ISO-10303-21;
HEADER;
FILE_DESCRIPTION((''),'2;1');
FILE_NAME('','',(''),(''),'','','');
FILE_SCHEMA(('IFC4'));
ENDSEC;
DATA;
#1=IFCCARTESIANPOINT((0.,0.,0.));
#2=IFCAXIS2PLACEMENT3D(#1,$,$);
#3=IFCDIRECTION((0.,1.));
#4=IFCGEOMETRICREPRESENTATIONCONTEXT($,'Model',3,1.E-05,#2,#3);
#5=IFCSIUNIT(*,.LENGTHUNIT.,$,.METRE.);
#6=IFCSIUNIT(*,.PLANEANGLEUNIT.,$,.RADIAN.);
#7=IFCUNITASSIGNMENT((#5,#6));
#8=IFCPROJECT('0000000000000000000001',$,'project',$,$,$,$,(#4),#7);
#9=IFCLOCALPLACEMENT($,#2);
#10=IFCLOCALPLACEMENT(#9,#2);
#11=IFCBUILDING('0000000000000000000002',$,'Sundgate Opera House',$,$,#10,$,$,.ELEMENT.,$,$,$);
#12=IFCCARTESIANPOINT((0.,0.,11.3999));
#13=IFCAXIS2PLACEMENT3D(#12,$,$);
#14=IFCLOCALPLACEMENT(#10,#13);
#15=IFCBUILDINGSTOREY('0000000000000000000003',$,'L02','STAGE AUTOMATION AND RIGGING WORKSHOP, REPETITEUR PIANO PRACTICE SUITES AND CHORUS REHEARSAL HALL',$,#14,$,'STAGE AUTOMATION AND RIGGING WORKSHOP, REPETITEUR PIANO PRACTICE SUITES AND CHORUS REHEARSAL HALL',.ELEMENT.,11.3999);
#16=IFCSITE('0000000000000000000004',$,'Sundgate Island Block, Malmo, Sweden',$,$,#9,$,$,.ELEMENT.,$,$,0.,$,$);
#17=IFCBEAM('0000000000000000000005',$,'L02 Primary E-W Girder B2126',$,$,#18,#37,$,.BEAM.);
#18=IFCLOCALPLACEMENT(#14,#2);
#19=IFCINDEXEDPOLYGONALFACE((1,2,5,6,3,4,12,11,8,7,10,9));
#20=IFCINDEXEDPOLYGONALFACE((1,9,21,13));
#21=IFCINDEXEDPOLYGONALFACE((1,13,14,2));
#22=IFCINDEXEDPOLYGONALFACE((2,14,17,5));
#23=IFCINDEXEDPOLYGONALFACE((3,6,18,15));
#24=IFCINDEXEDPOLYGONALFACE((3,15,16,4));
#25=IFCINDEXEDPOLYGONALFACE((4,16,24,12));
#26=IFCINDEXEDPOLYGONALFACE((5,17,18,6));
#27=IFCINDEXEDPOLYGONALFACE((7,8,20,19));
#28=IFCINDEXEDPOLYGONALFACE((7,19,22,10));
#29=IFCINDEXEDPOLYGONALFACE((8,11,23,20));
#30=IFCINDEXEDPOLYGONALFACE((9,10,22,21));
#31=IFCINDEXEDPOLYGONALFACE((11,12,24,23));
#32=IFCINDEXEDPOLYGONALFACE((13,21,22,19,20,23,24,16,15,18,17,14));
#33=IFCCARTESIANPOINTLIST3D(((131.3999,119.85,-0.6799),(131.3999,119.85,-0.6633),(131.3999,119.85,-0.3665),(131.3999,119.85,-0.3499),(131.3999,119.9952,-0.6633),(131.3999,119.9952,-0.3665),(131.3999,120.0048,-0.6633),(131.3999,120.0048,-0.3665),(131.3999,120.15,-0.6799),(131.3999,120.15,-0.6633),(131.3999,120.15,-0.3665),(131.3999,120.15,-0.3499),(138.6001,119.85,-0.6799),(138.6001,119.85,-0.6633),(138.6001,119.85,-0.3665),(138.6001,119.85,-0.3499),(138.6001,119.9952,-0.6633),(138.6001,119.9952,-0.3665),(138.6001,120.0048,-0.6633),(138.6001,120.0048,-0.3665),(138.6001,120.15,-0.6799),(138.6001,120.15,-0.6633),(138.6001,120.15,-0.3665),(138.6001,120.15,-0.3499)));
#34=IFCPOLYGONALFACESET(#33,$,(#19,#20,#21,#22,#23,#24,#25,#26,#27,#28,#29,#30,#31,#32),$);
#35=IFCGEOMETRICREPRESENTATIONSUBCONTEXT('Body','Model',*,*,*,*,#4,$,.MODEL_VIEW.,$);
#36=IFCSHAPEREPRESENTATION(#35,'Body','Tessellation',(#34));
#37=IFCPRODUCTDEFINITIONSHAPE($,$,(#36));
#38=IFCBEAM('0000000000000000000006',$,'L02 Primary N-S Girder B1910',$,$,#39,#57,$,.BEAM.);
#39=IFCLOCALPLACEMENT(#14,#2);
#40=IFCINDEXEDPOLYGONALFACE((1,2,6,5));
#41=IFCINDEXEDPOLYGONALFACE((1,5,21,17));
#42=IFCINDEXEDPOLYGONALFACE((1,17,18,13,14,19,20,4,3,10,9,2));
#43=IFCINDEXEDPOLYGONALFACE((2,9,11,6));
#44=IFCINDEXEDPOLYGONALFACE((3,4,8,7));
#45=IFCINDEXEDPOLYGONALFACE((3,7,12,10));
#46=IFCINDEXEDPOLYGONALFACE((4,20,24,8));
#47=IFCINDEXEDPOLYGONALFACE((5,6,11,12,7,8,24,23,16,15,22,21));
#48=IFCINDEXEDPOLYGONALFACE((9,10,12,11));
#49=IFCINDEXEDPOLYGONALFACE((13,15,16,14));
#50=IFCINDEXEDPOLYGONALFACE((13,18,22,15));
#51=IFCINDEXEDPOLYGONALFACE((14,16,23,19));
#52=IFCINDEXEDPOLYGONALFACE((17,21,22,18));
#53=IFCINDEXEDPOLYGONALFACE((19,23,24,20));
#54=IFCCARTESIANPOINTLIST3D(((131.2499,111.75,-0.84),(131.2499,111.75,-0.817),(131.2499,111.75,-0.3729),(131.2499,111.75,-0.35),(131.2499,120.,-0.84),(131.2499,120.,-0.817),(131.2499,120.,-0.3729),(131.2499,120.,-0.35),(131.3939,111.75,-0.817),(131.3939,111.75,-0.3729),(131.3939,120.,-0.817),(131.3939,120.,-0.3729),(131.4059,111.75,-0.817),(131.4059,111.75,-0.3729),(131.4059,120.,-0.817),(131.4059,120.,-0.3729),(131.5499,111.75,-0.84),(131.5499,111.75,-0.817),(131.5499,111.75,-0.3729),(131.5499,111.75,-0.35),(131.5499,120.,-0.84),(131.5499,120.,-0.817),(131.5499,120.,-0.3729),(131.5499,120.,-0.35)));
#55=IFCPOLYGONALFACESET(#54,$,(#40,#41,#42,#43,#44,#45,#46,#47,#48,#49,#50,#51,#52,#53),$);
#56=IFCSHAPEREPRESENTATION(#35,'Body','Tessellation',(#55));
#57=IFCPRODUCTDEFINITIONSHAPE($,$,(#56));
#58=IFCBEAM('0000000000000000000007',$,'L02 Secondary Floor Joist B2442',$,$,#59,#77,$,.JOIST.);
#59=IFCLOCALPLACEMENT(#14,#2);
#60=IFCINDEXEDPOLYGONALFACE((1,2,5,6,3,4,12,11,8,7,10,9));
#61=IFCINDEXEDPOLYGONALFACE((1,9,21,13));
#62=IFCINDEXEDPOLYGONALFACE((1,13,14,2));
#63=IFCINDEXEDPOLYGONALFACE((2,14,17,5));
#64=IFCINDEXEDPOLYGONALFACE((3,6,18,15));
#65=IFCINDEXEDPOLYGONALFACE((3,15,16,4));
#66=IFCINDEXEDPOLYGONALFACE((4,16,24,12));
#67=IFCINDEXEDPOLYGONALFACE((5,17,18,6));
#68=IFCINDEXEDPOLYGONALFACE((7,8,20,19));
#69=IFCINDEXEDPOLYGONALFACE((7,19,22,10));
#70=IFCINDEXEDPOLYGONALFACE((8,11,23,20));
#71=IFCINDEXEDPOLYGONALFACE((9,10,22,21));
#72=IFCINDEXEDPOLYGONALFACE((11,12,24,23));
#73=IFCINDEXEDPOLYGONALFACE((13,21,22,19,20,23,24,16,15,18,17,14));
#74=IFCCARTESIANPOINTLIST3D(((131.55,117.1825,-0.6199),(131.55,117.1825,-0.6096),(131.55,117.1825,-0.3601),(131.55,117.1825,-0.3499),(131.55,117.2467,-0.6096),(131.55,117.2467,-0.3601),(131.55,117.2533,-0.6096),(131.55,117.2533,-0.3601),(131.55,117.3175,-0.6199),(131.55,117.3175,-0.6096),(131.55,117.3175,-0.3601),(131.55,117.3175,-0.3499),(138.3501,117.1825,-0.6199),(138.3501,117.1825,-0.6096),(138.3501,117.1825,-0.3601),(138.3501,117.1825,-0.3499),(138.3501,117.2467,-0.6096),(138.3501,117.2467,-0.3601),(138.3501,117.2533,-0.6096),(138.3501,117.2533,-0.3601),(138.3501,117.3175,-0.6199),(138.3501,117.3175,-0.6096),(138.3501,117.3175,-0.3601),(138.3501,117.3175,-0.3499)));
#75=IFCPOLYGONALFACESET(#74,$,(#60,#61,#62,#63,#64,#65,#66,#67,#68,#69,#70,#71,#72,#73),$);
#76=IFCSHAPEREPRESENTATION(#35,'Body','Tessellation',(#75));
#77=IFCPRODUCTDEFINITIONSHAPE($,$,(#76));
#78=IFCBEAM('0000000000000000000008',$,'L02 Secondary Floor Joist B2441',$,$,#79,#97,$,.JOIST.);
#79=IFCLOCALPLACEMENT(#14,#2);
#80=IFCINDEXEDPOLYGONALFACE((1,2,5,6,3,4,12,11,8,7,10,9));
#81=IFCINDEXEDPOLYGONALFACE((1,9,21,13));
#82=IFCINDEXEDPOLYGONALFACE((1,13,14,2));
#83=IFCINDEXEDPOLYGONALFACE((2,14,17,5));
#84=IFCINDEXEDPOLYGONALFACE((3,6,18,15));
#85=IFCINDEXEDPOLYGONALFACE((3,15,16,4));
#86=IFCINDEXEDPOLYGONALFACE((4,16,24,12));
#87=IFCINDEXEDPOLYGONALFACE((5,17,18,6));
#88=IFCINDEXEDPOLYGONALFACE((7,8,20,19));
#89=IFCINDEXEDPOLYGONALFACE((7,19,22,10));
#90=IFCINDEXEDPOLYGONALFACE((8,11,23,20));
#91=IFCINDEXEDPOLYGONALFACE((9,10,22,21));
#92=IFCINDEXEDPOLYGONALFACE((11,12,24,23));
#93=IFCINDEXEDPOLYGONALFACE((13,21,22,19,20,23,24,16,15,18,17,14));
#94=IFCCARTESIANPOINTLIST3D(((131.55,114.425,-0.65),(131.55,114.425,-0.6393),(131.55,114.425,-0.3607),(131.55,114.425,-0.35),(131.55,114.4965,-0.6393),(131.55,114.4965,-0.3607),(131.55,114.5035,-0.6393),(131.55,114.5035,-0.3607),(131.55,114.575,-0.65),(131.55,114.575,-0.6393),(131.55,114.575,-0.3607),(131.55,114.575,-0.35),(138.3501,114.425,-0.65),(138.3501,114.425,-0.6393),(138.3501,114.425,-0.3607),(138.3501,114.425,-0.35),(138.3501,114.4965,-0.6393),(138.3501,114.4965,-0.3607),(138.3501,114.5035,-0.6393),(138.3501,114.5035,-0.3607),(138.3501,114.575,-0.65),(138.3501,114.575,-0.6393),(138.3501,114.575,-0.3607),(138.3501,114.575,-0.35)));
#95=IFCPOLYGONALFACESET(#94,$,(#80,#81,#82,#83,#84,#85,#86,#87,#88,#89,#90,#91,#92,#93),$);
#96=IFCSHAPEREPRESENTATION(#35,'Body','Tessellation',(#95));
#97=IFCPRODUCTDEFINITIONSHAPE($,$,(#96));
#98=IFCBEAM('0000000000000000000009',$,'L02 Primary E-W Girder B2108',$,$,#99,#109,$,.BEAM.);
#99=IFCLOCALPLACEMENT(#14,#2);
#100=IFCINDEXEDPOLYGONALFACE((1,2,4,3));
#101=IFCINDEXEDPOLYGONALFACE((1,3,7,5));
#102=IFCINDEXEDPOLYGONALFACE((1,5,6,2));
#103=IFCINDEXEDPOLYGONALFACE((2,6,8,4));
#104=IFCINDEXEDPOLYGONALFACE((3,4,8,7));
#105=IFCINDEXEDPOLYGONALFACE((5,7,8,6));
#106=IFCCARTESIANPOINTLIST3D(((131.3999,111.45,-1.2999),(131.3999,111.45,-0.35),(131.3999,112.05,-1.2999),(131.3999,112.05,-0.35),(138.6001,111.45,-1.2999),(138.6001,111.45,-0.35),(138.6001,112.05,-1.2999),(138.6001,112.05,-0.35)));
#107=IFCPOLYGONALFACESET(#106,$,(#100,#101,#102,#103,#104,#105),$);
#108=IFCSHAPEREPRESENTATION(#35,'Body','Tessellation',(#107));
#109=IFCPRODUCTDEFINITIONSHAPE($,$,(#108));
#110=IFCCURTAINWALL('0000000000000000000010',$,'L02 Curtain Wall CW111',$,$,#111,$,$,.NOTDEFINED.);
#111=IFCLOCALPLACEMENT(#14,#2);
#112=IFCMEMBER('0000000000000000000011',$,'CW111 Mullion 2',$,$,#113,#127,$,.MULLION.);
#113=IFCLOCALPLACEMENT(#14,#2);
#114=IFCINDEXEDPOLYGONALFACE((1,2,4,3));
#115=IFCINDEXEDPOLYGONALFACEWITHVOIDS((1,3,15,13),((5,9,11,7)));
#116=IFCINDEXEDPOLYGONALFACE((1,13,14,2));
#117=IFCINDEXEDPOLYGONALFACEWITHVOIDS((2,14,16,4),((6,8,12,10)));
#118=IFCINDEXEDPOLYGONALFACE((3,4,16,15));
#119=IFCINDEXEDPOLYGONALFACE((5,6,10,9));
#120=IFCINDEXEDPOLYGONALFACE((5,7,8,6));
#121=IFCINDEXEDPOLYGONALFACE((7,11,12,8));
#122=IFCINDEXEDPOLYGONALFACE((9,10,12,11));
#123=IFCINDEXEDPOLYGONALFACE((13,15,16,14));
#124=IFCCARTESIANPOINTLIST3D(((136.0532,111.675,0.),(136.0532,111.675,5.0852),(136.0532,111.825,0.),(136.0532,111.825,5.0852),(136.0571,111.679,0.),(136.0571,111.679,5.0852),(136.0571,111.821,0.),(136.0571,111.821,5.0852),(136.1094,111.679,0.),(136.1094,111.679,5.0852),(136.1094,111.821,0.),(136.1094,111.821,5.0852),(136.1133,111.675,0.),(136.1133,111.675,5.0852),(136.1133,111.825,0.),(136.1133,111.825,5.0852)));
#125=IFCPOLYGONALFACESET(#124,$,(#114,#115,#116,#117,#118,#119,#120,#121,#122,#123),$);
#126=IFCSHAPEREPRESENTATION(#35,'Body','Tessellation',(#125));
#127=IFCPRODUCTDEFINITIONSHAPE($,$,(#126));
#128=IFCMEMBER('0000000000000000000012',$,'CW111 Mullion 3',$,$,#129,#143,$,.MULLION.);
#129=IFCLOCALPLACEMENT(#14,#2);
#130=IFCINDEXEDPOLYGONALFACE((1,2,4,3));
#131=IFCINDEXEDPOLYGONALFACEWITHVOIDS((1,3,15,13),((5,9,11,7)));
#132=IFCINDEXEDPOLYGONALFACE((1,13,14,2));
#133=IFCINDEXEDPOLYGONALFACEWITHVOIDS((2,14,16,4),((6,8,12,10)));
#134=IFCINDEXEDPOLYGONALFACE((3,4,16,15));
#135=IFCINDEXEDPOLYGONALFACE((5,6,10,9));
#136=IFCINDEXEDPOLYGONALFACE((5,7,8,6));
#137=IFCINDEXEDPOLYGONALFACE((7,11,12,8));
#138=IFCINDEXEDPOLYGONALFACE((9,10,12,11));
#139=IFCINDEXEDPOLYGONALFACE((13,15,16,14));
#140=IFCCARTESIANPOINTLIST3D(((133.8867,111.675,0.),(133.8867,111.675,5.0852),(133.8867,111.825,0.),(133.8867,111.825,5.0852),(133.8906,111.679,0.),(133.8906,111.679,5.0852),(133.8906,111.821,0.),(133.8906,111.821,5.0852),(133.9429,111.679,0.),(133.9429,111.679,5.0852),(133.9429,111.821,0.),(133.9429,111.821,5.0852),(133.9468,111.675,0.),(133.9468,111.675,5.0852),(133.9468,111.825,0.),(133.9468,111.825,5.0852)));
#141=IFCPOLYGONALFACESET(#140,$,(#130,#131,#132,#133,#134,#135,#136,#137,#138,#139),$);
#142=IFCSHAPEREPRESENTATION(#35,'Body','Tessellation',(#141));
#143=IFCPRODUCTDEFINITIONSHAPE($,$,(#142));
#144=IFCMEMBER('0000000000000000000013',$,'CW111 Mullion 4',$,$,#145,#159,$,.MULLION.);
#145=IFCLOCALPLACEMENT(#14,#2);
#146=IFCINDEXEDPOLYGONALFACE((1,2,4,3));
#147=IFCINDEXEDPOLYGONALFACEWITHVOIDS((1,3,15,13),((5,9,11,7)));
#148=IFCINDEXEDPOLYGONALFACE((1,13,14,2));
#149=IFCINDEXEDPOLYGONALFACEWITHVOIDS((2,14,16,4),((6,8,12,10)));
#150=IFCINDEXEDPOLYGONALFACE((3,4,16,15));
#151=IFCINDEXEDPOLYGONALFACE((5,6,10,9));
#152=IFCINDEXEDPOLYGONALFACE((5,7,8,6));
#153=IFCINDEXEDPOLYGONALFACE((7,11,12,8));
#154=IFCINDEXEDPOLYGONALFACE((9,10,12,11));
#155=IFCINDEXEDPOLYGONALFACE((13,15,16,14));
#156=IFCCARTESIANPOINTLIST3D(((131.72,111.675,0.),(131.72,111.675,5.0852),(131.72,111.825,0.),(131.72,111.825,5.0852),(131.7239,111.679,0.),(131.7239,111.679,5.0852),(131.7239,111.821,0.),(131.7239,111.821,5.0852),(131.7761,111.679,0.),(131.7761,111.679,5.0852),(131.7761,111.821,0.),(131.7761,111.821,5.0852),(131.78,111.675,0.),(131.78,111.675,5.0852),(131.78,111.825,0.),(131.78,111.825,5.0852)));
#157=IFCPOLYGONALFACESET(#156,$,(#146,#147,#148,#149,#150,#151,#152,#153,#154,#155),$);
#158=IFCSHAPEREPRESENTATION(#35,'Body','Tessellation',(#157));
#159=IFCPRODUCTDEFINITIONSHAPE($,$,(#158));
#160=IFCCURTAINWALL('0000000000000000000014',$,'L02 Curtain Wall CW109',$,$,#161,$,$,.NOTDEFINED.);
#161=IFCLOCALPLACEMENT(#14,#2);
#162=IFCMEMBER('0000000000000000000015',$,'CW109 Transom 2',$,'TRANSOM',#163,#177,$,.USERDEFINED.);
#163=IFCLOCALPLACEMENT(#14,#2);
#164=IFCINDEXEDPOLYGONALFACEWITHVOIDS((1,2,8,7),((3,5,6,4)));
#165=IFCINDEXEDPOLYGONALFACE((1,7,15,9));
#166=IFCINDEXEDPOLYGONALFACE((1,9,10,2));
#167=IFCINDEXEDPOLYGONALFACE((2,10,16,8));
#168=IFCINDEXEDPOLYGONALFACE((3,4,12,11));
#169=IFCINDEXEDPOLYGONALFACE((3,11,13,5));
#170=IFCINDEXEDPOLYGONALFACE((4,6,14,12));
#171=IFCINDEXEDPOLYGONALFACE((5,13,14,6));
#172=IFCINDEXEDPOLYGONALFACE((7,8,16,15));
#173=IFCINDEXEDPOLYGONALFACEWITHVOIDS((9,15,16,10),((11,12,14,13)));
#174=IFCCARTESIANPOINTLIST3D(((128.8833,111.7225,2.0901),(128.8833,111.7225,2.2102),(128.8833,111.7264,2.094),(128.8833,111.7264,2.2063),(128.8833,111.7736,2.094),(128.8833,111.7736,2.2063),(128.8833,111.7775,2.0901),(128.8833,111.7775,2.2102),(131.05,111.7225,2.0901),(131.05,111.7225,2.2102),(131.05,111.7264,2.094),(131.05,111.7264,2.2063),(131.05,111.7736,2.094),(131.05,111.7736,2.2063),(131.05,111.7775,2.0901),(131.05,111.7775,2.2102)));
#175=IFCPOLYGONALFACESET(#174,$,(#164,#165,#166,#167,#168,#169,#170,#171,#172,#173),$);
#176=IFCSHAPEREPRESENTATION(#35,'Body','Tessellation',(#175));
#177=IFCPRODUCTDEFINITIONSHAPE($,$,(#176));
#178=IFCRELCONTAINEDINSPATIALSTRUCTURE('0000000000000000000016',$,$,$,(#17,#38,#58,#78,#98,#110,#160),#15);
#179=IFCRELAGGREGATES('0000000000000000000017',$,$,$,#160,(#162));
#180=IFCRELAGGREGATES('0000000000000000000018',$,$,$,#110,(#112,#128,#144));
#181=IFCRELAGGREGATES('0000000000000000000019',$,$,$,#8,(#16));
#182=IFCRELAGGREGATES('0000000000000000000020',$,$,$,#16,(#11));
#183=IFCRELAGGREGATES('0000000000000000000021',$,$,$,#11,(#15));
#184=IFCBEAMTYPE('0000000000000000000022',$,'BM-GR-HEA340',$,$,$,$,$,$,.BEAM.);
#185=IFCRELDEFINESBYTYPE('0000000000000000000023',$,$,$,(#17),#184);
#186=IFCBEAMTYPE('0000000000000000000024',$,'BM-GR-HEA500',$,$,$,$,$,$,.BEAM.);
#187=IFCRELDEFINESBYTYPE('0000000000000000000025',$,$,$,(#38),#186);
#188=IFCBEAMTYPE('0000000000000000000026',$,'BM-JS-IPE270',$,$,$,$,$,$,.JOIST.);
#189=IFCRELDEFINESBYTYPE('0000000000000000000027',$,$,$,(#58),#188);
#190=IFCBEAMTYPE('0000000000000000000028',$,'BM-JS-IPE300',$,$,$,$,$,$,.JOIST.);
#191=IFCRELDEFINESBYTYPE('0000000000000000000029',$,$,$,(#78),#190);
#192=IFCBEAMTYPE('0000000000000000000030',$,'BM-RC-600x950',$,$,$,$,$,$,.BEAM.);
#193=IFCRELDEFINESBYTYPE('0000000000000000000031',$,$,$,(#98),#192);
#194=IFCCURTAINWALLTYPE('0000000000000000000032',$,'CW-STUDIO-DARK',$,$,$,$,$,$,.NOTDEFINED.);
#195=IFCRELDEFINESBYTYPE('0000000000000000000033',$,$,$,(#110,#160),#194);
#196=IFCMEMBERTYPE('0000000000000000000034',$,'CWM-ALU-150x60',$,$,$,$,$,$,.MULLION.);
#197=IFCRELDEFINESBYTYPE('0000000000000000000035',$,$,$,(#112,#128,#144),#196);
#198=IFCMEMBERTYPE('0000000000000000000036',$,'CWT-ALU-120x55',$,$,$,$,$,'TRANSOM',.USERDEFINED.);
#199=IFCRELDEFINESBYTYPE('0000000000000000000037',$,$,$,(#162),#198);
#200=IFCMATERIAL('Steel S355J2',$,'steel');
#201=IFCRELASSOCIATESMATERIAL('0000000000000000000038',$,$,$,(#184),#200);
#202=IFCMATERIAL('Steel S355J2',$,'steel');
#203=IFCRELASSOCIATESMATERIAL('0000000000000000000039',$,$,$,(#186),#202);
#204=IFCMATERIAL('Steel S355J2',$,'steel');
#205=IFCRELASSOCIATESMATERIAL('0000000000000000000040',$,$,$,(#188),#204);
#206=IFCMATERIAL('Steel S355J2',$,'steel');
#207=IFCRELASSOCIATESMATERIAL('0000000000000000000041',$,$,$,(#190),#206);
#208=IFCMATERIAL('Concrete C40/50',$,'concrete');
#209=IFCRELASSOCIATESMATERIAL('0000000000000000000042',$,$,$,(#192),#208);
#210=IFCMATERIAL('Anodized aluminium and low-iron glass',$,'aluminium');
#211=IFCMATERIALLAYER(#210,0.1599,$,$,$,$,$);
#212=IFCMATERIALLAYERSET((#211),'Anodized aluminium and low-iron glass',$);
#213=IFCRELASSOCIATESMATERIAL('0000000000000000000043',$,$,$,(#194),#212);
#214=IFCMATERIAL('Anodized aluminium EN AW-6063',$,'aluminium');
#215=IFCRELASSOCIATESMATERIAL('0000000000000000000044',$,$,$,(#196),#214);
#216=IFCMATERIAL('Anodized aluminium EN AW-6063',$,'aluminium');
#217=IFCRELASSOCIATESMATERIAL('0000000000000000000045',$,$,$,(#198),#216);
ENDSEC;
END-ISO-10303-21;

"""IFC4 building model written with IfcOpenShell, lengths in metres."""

from ifc_helpers import new_model, si_unit, direction, frame, origin, origin_2d, place, context, subcontext, project, spatial, rectangle, hollow_rectangle, i_section, extrude, material, layer, layer_set, material_profile, profile_set, type_object, element, aggregate, save


model = new_model("IFC4")

# Units and contexts
model_context = context("Model", 3, precision=1e-05, world=origin(), true_north=direction((0.0, 1.0)))
body_context = subcontext(model_context, "Body", "Model", "MODEL_VIEW")
ifc_project = project(units=[si_unit("LENGTHUNIT", "METRE"), si_unit("PLANEANGLEUNIT", "RADIAN")], contexts=[model_context])

# Site, building, storey
site_placement = place(None, origin())
site = spatial("IfcSite", under=ifc_project, at=site_placement, Name="Sundgate Island Block, Malmo, Sweden", CompositionType="ELEMENT", RefElevation=0.0)
building_placement = place(site_placement, origin())
building = spatial("IfcBuilding", under=site, at=building_placement, Name="Sundgate Opera House", CompositionType="ELEMENT")
storey_placement = place(building_placement, frame((0.0, 0.0, 11.3999)))
storey = spatial("IfcBuildingStorey", under=building, at=storey_placement, Name="L02", Description="STAGE AUTOMATION AND RIGGING WORKSHOP, REPETITEUR PIANO PRACTICE SUITES AND CHORUS REHEARSAL HALL", LongName="STAGE AUTOMATION AND RIGGING WORKSHOP, REPETITEUR PIANO PRACTICE SUITES AND CHORUS REHEARSAL HALL", CompositionType="ELEMENT", Elevation=11.3999)

# Beams
ifc_material_1 = material(Name="Steel S355J2", Category="steel")
ifc_material_profile_1 = material_profile(ifc_material_1, i_section(OverallWidth=0.3, OverallDepth=0.3301, WebThickness=0.0095, FlangeThickness=0.0166, at=origin_2d()), Name="HEA 340")
ifc_profile_set_1 = profile_set([ifc_material_profile_1], Name="Steel S355J2")
beam_type_1 = type_object("IfcBeamType", Name="BM-GR-HEA340", PredefinedType="BEAM", material=ifc_profile_set_1)
beam_1_placement = place(storey_placement, frame((131.3999, 120.0, -0.5149), z_axis=(1.0, 0.0, 0.0), x_axis=(0.0, 1.0, 0.0)))
element("IfcBeam", 1, at=beam_1_placement, inside=storey, type_object=beam_type_1, Name="L02 Primary E-W Girder B2126", PredefinedType="BEAM", context=body_context, shape_type="SweptSolid", body=[
    extrude(i_section(OverallWidth=0.3, OverallDepth=0.3301, WebThickness=0.0095, FlangeThickness=0.0166, at=origin_2d()), origin(), (0.0, 0.0, 1.0), 7.2002),
])
ifc_material_2 = material(Name="Steel S355J2", Category="steel")
ifc_material_profile_2 = material_profile(ifc_material_2, i_section(OverallWidth=0.3, OverallDepth=0.49, WebThickness=0.012, FlangeThickness=0.0229, at=origin_2d()), Name="HEA 500")
ifc_profile_set_2 = profile_set([ifc_material_profile_2], Name="Steel S355J2")
beam_type_2 = type_object("IfcBeamType", Name="BM-GR-HEA500", PredefinedType="BEAM", material=ifc_profile_set_2)
beam_2_placement = place(storey_placement, frame((131.3999, 111.75, -0.595), z_axis=(0.0, 1.0, 0.0), x_axis=(-1.0, 0.0, 0.0)))
element("IfcBeam", 2, at=beam_2_placement, inside=storey, type_object=beam_type_2, Name="L02 Primary N-S Girder B1910", PredefinedType="BEAM", context=body_context, shape_type="SweptSolid", body=[
    extrude(i_section(OverallWidth=0.3, OverallDepth=0.49, WebThickness=0.012, FlangeThickness=0.0229, at=origin_2d()), origin(), (0.0, 0.0, 1.0), 8.25),
])
ifc_material_3 = material(Name="Steel S355J2", Category="steel")
ifc_material_profile_3 = material_profile(ifc_material_3, i_section(OverallWidth=0.135, OverallDepth=0.27, WebThickness=0.0066, FlangeThickness=0.0103, at=origin_2d()), Name="IPE 270")
ifc_profile_set_3 = profile_set([ifc_material_profile_3], Name="Steel S355J2")
beam_type_3 = type_object("IfcBeamType", Name="BM-JS-IPE270", PredefinedType="JOIST", material=ifc_profile_set_3)
beam_3_placement = place(storey_placement, frame((131.55, 117.25, -0.4849), z_axis=(1.0, 0.0, 0.0), x_axis=(0.0, 1.0, 0.0)))
element("IfcBeam", 3, at=beam_3_placement, inside=storey, type_object=beam_type_3, Name="L02 Secondary Floor Joist B2442", PredefinedType="JOIST", context=body_context, shape_type="SweptSolid", body=[
    extrude(i_section(OverallWidth=0.135, OverallDepth=0.27, WebThickness=0.0066, FlangeThickness=0.0103, at=origin_2d()), origin(), (0.0, 0.0, 1.0), 6.8),
])
ifc_material_4 = material(Name="Steel S355J2", Category="steel")
ifc_material_profile_4 = material_profile(ifc_material_4, i_section(OverallWidth=0.1499, OverallDepth=0.3, WebThickness=0.0071, FlangeThickness=0.0107, at=origin_2d()), Name="IPE 300")
ifc_profile_set_4 = profile_set([ifc_material_profile_4], Name="Steel S355J2")
beam_type_4 = type_object("IfcBeamType", Name="BM-JS-IPE300", PredefinedType="JOIST", material=ifc_profile_set_4)
beam_4_placement = place(storey_placement, frame((131.55, 114.5, -0.5), z_axis=(1.0, 0.0, 0.0), x_axis=(0.0, 1.0, 0.0)))
element("IfcBeam", 4, at=beam_4_placement, inside=storey, type_object=beam_type_4, Name="L02 Secondary Floor Joist B2441", PredefinedType="JOIST", context=body_context, shape_type="SweptSolid", body=[
    extrude(i_section(OverallWidth=0.1499, OverallDepth=0.3, WebThickness=0.0071, FlangeThickness=0.0107, at=origin_2d()), origin(), (0.0, 0.0, 1.0), 6.8),
])
ifc_material_5 = material(Name="Concrete C40/50", Category="concrete")
ifc_material_profile_5 = material_profile(ifc_material_5, rectangle(XDim=0.6001, YDim=0.95, at=origin_2d()), Name="RC 600x950")
ifc_profile_set_5 = profile_set([ifc_material_profile_5], Name="Concrete C40/50")
beam_type_5 = type_object("IfcBeamType", Name="BM-RC-600x950", PredefinedType="BEAM", material=ifc_profile_set_5)
beam_5_placement = place(storey_placement, frame((131.3999, 111.75, -0.825), z_axis=(1.0, 0.0, 0.0), x_axis=(0.0, 1.0, 0.0)))
element("IfcBeam", 5, at=beam_5_placement, inside=storey, type_object=beam_type_5, Name="L02 Primary E-W Girder B2108", PredefinedType="BEAM", context=body_context, shape_type="SweptSolid", body=[
    extrude(rectangle(XDim=0.6001, YDim=0.95, at=origin_2d()), origin(), (0.0, 0.0, 1.0), 7.2002),
])

# Curtain walls, members
ifc_material_6 = material(Name="Anodized aluminium and low-iron glass", Category="aluminium")
ifc_layer_1 = layer(ifc_material_6, 0.1599)
ifc_layer_set_1 = layer_set([ifc_layer_1], Name="Anodized aluminium and low-iron glass")
curtain_wall_type = type_object("IfcCurtainWallType", Name="CW-STUDIO-DARK", PredefinedType="NOTDEFINED", material=ifc_layer_set_1)
curtain_wall_1_placement = place(storey_placement, origin())
curtain_wall_1 = element("IfcCurtainWall", 6, at=curtain_wall_1_placement, inside=storey, type_object=curtain_wall_type, Name="L02 Curtain Wall CW111", PredefinedType="NOTDEFINED")
ifc_material_7 = material(Name="Anodized aluminium EN AW-6063", Category="aluminium")
ifc_material_profile_6 = material_profile(ifc_material_7, hollow_rectangle(XDim=0.0601, YDim=0.1499, WallThickness=0.0039, at=origin_2d()), Name="CWM 150x60x4")
ifc_profile_set_6 = profile_set([ifc_material_profile_6], Name="Anodized aluminium EN AW-6063")
member_type_1 = type_object("IfcMemberType", Name="CWM-ALU-150x60", PredefinedType="MULLION", material=ifc_profile_set_6)
member_1_placement = place(storey_placement, frame((136.0833, 111.75, 0.0), z_axis=(0.0, 0.0, 1.0), x_axis=(1.0, 0.0, 0.0)))
member_1 = element("IfcMember", 7, at=member_1_placement, type_object=member_type_1, Name="CW111 Mullion 2", PredefinedType="MULLION", context=body_context, shape_type="SweptSolid", body=[
    extrude(hollow_rectangle(XDim=0.0601, YDim=0.1499, WallThickness=0.0039, at=origin_2d()), origin(), (0.0, 0.0, 1.0), 5.0852),
])
member_2_placement = place(storey_placement, frame((133.9167, 111.75, 0.0), z_axis=(0.0, 0.0, 1.0), x_axis=(1.0, 0.0, 0.0)))
member_2 = element("IfcMember", 8, at=member_2_placement, type_object=member_type_1, Name="CW111 Mullion 3", PredefinedType="MULLION", context=body_context, shape_type="SweptSolid", body=[
    extrude(hollow_rectangle(XDim=0.0601, YDim=0.1499, WallThickness=0.0039, at=origin_2d()), origin(), (0.0, 0.0, 1.0), 5.0852),
])
member_3_placement = place(storey_placement, frame((131.75, 111.75, 0.0), z_axis=(0.0, 0.0, 1.0), x_axis=(1.0, 0.0, 0.0)))
member_3 = element("IfcMember", 9, at=member_3_placement, type_object=member_type_1, Name="CW111 Mullion 4", PredefinedType="MULLION", context=body_context, shape_type="SweptSolid", body=[
    extrude(hollow_rectangle(XDim=0.0601, YDim=0.1499, WallThickness=0.0039, at=origin_2d()), origin(), (0.0, 0.0, 1.0), 5.0852),
])
curtain_wall_2_placement = place(storey_placement, origin())
curtain_wall_2 = element("IfcCurtainWall", 10, at=curtain_wall_2_placement, inside=storey, type_object=curtain_wall_type, Name="L02 Curtain Wall CW109", PredefinedType="NOTDEFINED")
ifc_material_8 = material(Name="Anodized aluminium EN AW-6063", Category="aluminium")
ifc_material_profile_7 = material_profile(ifc_material_8, hollow_rectangle(XDim=0.0549, YDim=0.1201, WallThickness=0.0039, at=origin_2d()), Name="CWT 120x55x4")
ifc_profile_set_7 = profile_set([ifc_material_profile_7], Name="Anodized aluminium EN AW-6063")
member_type_2 = type_object("IfcMemberType", Name="CWT-ALU-120x55", ElementType="TRANSOM", PredefinedType="USERDEFINED", material=ifc_profile_set_7)
member_4_placement = place(storey_placement, frame((131.05, 111.75, 2.1501), z_axis=(-1.0, 0.0, 0.0), x_axis=(0.0, -1.0, 0.0)))
member_4 = element("IfcMember", 11, at=member_4_placement, type_object=member_type_2, Name="CW109 Transom 2", ObjectType="TRANSOM", PredefinedType="USERDEFINED", context=body_context, shape_type="SweptSolid", body=[
    extrude(hollow_rectangle(XDim=0.0549, YDim=0.1201, WallThickness=0.0039, at=origin_2d()), origin(), (0.0, 0.0, 1.0), 2.1667),
])
aggregate(curtain_wall_2, [member_4])

aggregate(curtain_wall_1, [member_1, member_2, member_3])

save(model, "model.ifc")
